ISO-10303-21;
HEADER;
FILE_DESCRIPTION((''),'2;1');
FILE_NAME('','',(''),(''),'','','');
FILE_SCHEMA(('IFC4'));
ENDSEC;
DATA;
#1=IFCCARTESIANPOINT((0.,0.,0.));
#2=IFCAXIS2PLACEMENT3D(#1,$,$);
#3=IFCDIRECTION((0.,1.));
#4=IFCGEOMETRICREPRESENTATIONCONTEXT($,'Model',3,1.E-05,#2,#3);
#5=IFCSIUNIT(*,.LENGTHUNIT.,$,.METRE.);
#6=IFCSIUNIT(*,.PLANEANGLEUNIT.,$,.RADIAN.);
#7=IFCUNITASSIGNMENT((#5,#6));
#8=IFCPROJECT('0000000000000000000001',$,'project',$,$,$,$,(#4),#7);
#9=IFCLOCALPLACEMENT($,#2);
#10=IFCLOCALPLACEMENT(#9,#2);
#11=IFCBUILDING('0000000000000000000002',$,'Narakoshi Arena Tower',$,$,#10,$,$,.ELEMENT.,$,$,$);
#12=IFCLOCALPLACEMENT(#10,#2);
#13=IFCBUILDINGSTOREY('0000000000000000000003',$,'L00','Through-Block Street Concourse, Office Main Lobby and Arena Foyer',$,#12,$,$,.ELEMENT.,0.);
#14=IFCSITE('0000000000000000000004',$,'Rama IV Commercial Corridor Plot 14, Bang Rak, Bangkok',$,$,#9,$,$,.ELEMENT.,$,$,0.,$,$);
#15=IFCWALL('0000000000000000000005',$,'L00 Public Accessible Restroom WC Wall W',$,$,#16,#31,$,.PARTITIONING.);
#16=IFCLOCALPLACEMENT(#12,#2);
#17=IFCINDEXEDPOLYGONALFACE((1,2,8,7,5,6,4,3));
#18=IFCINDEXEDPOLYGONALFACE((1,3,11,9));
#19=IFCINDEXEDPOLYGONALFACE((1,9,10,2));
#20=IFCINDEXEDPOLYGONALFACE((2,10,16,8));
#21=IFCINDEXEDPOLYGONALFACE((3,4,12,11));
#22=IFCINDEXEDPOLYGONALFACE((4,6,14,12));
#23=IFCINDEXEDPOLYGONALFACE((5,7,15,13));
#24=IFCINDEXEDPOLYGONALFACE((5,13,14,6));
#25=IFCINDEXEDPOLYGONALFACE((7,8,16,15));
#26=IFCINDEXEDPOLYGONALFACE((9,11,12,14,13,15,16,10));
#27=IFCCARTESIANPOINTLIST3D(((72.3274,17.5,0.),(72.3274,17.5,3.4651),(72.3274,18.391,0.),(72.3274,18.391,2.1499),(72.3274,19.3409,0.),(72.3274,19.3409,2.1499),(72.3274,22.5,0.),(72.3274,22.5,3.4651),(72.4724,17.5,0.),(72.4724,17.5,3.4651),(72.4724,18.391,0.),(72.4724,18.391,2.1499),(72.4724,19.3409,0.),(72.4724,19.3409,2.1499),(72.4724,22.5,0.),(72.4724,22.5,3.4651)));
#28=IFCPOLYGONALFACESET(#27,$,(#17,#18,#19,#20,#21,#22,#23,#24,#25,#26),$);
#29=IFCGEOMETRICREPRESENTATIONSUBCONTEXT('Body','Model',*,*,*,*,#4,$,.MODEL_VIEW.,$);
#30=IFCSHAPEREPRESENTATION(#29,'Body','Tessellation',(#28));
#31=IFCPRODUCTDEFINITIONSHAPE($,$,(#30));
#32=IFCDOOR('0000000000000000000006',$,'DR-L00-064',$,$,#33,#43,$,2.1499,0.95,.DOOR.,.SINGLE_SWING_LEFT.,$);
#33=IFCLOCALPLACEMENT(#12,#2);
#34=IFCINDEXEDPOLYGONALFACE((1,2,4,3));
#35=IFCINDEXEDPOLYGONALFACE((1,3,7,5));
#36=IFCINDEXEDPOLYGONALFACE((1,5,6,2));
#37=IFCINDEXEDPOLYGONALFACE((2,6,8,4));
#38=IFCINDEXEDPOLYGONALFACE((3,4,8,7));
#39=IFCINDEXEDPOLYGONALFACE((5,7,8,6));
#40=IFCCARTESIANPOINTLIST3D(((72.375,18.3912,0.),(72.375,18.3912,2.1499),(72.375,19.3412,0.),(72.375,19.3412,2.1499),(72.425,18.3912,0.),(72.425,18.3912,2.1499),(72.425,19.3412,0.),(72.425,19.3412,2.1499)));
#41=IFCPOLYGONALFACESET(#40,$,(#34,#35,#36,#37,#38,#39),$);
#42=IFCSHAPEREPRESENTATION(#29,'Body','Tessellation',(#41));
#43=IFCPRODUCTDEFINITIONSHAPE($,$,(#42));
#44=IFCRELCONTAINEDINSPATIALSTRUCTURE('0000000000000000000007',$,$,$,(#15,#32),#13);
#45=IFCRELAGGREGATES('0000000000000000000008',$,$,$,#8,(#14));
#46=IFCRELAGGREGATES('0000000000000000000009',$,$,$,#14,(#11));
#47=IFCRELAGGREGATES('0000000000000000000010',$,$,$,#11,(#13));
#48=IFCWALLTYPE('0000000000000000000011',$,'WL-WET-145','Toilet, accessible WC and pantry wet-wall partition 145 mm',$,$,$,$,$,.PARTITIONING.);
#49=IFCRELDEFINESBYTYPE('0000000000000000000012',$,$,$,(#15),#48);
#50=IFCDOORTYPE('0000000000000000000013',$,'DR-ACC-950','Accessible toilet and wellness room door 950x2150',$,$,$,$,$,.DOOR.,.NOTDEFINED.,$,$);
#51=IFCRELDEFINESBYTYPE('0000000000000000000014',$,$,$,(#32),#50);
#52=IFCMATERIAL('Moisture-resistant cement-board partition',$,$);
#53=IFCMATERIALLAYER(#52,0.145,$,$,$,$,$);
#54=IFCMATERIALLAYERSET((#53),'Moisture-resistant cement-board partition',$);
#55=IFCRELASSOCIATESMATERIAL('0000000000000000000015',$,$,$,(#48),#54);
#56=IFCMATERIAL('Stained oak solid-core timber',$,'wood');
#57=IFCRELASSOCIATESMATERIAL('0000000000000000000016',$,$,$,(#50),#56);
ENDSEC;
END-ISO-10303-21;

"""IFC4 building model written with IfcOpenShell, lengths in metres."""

from ifc_helpers import new_model, si_unit, direction, frame, frame_2d, origin, place, context, subcontext, project, spatial, rectangle, extrude, material, layer, layer_set, type_object, element, fill, save


model = new_model("IFC4")

# Units and contexts
model_context = context("Model", 3, precision=1e-05, world=origin(), true_north=direction((0.0, 1.0)))
body_context = subcontext(model_context, "Body", "Model", "MODEL_VIEW")
ifc_project = project(units=[si_unit("LENGTHUNIT", "METRE"), si_unit("PLANEANGLEUNIT", "RADIAN")], contexts=[model_context])

# Site, building, storey
site_placement = place(None, origin())
site = spatial("IfcSite", under=ifc_project, at=site_placement, Name="Rama IV Commercial Corridor Plot 14, Bang Rak, Bangkok", CompositionType="ELEMENT", RefElevation=0.0)
building_placement = place(site_placement, origin())
building = spatial("IfcBuilding", under=site, at=building_placement, Name="Narakoshi Arena Tower", CompositionType="ELEMENT")
storey_placement = place(building_placement, origin())
storey = spatial("IfcBuildingStorey", under=building, at=storey_placement, Name="L00", Description="Through-Block Street Concourse, Office Main Lobby and Arena Foyer", CompositionType="ELEMENT", Elevation=0.0)

# Shared definitions
ifc_material_1 = material(Name="Moisture-resistant cement-board partition")
ifc_layer_1 = layer(ifc_material_1, 0.145)
ifc_layer_set_1 = layer_set([ifc_layer_1], Name="Moisture-resistant cement-board partition")
wall_type_1 = type_object("IfcWallType", Name="WL-WET-145", Description="Toilet, accessible WC and pantry wet-wall partition 145 mm", PredefinedType="PARTITIONING", material=ifc_layer_set_1)

# Wall, opening, door
wall_1_placement = place(storey_placement, frame((72.3999, 22.5, 0.0), z_axis=(0.0, 0.0, 1.0), x_axis=(0.0, -1.0, 0.0)))
wall_1 = element("IfcWall", 1, at=wall_1_placement, inside=storey, type_object=wall_type_1, Name="L00 Public Accessible Restroom WC Wall W", PredefinedType="PARTITIONING", context=body_context, shape_type="SweptSolid", body=[
    extrude(rectangle(XDim=5.0, YDim=0.145, at=frame_2d((2.5, 0.0))), origin(), (0.0, 0.0, 1.0), 3.4651),
])
opening_1_placement = place(wall_1_placement, frame((3.1589, 0.0, 0.0)))
opening_1 = element("IfcOpeningElement", 2, at=opening_1_placement, cuts=wall_1, PredefinedType="OPENING", context=body_context, shape_type="SweptSolid", body=[
    extrude(rectangle(XDim=0.95, YDim=2.1499, at=frame_2d((0.4751, 1.075))), frame((0.0, 0.0825, 0.0), z_axis=(0.0, -1.0, 0.0), x_axis=(1.0, 0.0, 0.0)), (0.0, 0.0, 1.0), 0.165),
])
ifc_material_2 = material(Name="Stained oak solid-core timber", Category="wood")
door_type_1 = type_object("IfcDoorType", Name="DR-ACC-950", Description="Accessible toilet and wellness room door 950x2150", OperationType="NOTDEFINED", PredefinedType="DOOR", material=ifc_material_2)
door_1_placement = place(opening_1_placement, frame((0.95, 0.0, 0.0), z_axis=(0.0, 0.0, 1.0), x_axis=(-1.0, 0.0, 0.0)))
door_1 = element("IfcDoor", 3, at=door_1_placement, inside=storey, type_object=door_type_1, Name="DR-L00-064", OperationType="SINGLE_SWING_LEFT", OverallHeight=2.1499, OverallWidth=0.95, PredefinedType="DOOR", context=body_context, shape_type="SweptSolid", body=[
    extrude(rectangle(XDim=0.95, YDim=2.1499, at=frame_2d((0.4751, 1.075))), frame((0.0, 0.0249, 0.0), z_axis=(0.0, -1.0, 0.0), x_axis=(1.0, 0.0, 0.0)), (0.0, 0.0, 1.0), 0.05),
])
fill(opening_1, door_1)

save(model, "model.ifc")
